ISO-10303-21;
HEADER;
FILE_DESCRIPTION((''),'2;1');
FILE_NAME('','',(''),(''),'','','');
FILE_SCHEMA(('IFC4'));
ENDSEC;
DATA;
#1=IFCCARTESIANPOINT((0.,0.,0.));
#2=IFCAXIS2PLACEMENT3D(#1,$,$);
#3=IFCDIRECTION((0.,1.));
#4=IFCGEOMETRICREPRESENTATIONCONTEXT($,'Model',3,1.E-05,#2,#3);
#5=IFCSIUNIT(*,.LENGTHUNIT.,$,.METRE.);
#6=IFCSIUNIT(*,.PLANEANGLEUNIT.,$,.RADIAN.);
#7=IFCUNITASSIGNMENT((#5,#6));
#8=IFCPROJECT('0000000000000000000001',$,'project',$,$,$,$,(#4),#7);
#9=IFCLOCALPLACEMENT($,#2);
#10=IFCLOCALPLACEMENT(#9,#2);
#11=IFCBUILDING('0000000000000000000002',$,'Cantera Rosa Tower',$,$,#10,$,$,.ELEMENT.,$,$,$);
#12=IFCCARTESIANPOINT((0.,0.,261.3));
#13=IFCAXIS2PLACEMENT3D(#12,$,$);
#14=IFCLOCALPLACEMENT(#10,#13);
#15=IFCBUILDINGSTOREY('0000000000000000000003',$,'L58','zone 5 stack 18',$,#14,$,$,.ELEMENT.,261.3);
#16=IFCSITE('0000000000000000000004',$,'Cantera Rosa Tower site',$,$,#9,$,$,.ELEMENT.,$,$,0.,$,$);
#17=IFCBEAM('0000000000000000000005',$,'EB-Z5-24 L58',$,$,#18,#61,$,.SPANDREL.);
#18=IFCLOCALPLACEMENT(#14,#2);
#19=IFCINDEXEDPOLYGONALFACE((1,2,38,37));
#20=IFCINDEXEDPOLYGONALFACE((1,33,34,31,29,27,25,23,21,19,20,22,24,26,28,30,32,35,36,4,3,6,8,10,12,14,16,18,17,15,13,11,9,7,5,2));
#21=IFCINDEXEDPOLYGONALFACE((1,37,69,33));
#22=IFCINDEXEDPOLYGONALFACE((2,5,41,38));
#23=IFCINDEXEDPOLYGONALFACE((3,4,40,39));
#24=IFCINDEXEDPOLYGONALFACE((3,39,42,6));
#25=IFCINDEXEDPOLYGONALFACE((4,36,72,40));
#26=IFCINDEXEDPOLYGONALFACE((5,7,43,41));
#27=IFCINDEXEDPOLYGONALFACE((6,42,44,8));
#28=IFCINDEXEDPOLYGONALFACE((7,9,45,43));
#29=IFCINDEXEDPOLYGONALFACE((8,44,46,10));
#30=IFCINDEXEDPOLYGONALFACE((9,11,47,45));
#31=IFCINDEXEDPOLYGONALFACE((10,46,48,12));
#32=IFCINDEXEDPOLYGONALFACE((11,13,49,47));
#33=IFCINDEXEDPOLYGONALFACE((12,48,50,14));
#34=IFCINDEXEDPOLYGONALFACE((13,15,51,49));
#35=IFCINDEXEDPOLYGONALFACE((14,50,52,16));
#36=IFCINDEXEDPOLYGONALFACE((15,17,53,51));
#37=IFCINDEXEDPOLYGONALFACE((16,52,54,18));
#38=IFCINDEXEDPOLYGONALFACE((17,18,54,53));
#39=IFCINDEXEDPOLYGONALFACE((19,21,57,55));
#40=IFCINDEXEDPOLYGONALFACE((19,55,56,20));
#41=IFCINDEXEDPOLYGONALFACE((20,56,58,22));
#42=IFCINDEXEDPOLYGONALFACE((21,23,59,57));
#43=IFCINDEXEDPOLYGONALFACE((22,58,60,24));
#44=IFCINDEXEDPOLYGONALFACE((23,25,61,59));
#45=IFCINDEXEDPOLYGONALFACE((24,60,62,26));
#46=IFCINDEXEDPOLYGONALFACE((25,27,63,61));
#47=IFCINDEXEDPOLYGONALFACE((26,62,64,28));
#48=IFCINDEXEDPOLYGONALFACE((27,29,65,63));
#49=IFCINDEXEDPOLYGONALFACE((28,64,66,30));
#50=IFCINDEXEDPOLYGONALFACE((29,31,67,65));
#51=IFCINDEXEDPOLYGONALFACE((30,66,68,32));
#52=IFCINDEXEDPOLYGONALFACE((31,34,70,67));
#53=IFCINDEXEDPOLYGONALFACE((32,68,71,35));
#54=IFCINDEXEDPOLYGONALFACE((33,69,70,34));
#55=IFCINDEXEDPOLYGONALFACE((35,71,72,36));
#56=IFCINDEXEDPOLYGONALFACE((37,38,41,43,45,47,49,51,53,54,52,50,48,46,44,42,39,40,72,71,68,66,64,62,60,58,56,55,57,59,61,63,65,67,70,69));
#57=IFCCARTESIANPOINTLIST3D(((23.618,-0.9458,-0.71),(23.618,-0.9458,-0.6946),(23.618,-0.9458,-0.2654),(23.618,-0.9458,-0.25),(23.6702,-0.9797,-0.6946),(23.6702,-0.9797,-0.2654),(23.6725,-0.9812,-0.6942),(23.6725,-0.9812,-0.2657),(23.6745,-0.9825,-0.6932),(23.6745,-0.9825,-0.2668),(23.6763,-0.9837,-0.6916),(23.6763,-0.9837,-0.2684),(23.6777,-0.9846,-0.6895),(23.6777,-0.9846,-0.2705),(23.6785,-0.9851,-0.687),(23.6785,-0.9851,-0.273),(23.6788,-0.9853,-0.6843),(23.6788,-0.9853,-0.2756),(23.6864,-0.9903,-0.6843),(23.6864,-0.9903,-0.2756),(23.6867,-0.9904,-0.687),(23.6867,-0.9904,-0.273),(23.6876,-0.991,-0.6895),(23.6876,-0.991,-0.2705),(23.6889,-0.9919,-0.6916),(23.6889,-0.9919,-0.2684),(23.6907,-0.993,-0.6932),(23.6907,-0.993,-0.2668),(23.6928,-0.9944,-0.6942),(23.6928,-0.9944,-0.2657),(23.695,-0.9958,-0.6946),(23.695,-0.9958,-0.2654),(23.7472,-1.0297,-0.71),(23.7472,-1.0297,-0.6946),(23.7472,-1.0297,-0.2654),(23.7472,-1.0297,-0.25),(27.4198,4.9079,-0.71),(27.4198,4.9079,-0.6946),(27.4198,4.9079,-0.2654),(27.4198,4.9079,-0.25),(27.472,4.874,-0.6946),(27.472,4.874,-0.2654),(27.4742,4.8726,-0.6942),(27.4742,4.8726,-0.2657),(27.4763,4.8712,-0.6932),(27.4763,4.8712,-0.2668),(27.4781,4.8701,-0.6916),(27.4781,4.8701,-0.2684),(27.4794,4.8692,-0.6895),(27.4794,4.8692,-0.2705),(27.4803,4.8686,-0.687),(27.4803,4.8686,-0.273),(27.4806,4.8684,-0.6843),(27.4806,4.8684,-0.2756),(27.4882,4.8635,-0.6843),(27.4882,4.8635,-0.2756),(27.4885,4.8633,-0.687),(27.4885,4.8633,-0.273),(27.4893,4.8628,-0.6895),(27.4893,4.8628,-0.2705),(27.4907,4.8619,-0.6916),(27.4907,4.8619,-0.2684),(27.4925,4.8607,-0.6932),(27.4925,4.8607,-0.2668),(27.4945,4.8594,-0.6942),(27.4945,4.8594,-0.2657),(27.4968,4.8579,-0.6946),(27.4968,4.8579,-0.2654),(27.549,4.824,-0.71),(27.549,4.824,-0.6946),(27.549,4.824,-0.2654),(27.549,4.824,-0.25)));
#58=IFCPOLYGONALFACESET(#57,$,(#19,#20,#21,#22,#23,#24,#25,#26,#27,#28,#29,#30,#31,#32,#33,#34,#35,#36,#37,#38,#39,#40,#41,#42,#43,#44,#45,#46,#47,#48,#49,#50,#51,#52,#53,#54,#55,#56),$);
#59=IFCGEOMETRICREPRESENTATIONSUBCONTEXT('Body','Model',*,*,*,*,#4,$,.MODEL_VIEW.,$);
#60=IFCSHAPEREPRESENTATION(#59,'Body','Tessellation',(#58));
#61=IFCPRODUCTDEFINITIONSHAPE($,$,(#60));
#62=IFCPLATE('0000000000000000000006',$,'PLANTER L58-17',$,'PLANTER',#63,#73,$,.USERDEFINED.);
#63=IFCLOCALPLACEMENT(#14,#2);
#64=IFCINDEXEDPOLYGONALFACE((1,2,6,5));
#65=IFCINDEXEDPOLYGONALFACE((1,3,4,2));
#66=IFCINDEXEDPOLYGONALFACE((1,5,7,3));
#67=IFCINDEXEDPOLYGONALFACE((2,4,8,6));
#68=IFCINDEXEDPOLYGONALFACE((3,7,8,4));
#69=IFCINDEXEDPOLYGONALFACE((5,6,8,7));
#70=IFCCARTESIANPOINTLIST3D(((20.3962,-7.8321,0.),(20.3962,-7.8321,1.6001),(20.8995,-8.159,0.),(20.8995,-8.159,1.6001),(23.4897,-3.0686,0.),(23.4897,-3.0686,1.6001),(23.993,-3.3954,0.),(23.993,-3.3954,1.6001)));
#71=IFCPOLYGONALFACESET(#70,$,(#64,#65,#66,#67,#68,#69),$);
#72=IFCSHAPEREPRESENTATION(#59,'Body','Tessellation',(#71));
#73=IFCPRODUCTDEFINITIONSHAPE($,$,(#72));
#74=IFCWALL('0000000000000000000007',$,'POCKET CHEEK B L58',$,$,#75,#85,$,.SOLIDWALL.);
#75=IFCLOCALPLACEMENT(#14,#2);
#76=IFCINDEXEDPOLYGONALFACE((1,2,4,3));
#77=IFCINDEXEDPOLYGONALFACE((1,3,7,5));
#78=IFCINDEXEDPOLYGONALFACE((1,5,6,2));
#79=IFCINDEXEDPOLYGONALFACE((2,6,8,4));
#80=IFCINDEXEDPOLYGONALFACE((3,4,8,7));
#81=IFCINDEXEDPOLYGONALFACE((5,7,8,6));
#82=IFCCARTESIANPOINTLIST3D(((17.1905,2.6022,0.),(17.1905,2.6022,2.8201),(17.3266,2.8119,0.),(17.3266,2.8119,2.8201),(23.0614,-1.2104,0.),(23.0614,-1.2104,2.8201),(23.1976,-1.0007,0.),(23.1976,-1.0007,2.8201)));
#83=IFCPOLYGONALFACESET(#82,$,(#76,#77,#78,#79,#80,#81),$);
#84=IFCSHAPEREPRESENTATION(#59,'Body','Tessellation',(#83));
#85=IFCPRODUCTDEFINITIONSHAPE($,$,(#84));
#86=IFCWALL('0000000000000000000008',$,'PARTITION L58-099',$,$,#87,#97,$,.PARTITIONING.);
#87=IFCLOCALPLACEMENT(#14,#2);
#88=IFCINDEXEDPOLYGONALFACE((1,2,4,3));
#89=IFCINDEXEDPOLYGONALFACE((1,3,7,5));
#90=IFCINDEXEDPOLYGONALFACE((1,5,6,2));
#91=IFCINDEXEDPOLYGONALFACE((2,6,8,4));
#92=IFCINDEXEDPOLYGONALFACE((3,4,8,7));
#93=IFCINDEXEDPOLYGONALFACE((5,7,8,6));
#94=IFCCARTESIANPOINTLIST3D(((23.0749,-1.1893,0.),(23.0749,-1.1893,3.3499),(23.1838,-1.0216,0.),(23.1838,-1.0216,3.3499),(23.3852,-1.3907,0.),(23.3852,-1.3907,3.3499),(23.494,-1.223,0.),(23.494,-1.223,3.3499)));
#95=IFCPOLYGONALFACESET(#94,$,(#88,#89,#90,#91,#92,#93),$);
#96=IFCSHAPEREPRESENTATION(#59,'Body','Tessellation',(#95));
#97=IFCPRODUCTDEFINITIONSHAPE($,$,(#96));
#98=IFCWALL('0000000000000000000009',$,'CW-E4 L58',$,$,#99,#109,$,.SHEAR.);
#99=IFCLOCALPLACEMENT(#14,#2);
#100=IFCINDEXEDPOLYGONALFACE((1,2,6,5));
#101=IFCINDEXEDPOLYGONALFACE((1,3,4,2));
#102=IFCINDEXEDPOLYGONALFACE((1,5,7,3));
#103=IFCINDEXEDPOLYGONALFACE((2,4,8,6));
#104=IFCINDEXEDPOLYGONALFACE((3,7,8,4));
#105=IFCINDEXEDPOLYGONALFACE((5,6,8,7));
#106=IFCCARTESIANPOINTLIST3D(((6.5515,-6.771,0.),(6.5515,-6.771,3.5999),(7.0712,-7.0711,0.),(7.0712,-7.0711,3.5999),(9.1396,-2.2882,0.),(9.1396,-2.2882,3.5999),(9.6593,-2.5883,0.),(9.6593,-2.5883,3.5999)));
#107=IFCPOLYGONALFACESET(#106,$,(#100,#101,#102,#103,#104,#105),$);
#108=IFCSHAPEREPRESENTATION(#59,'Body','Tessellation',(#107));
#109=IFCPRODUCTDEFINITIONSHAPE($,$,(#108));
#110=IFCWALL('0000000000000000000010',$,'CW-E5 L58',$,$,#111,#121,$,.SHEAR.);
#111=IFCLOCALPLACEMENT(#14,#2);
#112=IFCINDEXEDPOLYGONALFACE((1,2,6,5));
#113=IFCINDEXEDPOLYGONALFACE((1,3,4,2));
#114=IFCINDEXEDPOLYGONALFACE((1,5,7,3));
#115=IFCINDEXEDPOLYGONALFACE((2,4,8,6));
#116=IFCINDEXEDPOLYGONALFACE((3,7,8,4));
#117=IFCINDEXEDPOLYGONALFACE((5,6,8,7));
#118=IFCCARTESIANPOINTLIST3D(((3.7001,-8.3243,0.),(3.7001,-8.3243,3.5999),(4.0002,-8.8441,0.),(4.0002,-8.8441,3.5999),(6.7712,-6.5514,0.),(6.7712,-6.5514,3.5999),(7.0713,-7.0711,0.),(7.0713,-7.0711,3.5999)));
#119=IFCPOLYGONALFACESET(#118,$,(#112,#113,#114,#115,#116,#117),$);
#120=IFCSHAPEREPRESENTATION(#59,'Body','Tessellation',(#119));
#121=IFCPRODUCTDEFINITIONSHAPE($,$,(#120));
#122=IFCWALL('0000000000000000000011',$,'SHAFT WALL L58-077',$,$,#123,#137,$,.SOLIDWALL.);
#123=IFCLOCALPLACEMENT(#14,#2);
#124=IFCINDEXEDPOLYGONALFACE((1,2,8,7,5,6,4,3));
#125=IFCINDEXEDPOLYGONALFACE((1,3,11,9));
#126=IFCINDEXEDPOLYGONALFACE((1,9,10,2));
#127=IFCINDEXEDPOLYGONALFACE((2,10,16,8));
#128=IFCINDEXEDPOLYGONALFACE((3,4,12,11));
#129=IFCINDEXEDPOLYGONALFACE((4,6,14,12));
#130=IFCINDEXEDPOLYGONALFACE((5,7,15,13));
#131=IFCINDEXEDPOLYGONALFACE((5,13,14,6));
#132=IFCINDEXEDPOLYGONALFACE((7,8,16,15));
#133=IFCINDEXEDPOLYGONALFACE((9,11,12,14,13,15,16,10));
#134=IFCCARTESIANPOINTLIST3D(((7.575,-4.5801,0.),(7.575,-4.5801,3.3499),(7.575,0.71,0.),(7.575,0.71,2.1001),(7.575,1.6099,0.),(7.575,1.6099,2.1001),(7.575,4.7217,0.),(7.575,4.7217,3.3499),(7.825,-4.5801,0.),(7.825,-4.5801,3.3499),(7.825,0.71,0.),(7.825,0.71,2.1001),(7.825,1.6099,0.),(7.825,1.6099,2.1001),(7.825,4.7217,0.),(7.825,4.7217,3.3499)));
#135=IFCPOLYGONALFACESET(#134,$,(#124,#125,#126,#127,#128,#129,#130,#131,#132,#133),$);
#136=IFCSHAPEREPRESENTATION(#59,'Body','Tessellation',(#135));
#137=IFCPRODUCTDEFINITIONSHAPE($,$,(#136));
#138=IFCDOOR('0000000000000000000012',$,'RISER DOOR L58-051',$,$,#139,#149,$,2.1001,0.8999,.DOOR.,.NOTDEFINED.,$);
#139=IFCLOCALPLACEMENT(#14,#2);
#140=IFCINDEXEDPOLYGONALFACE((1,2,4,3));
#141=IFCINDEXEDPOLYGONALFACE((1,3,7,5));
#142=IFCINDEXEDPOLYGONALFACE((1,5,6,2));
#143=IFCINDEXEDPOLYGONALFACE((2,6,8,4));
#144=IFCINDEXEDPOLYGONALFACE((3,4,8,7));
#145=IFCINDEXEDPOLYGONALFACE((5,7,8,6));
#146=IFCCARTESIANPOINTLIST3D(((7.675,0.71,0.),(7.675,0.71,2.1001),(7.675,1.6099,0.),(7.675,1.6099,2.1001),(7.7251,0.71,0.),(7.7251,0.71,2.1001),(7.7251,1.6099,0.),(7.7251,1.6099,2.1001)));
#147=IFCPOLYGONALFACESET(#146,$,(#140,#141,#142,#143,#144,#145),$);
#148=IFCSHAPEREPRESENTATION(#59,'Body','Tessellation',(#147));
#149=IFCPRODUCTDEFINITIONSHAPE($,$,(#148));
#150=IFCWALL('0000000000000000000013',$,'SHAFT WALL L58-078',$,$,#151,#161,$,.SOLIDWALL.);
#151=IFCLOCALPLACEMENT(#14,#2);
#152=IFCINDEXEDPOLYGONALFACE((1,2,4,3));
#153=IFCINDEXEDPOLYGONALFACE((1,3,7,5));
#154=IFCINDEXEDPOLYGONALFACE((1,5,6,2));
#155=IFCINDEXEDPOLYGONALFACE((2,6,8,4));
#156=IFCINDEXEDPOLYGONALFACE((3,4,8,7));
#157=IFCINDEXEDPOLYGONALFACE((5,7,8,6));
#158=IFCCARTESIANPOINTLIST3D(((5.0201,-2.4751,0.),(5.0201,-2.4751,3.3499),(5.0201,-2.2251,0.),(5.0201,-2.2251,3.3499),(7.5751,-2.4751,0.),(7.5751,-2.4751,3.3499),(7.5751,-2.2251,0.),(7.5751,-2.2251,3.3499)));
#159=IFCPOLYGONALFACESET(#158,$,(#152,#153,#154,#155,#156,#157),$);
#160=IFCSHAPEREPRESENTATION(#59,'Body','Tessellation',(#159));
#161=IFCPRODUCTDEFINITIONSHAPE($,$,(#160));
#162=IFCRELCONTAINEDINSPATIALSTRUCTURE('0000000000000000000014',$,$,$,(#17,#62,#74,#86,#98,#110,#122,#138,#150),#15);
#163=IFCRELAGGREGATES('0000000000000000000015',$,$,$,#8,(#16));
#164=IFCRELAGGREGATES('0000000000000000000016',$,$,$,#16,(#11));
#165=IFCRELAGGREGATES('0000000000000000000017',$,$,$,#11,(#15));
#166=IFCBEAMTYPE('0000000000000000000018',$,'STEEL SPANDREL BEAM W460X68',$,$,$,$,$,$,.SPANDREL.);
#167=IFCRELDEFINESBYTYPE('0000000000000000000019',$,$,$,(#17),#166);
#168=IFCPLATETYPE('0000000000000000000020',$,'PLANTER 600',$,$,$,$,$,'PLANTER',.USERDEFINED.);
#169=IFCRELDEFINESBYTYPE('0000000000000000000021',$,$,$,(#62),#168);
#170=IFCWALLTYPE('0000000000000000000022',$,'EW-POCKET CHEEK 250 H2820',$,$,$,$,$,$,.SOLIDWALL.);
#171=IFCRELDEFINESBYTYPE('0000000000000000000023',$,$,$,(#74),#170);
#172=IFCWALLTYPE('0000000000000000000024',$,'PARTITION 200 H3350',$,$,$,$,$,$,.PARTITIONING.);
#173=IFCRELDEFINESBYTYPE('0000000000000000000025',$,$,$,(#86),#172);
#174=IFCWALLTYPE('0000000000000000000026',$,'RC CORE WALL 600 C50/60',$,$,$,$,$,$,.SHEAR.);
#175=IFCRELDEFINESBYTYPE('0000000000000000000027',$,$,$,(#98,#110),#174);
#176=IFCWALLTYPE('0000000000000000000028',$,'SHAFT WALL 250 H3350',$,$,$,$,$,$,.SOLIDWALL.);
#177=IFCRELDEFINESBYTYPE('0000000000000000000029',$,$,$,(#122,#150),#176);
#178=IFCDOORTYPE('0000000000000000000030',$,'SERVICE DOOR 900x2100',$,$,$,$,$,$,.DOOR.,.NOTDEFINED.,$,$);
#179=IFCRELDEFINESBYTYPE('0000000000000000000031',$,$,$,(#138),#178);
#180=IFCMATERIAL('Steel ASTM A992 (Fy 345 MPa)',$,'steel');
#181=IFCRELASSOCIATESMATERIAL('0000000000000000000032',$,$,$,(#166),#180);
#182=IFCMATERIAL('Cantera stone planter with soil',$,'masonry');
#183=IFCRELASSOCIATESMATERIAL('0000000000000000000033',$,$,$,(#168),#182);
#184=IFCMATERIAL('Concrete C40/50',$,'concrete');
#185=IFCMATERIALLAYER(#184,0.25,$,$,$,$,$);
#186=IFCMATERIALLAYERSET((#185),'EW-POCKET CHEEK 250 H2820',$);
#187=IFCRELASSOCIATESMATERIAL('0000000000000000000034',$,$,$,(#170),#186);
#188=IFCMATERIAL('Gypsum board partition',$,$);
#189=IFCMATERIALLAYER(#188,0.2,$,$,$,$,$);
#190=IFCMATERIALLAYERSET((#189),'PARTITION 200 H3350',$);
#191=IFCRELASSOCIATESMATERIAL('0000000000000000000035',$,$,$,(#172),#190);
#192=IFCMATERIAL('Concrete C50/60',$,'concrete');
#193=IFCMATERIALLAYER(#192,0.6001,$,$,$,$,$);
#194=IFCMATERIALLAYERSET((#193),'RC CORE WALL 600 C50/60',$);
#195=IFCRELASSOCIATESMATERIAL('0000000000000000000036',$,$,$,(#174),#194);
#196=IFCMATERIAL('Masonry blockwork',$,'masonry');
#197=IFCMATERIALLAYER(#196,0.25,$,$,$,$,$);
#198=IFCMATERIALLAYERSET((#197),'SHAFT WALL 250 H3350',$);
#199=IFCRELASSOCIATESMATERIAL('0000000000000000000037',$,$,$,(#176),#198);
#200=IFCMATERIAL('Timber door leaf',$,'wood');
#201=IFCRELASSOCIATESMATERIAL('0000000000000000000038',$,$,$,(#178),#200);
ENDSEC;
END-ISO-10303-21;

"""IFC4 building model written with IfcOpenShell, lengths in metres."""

from ifc_helpers import new_model, si_unit, direction, frame, frame_2d, origin, origin_2d, place, context, subcontext, project, spatial, rectangle, i_section, extrude, material, layer, layer_set, material_profile, profile_set, type_object, element, fill, save


model = new_model("IFC4")

# Units and contexts
model_context = context("Model", 3, precision=1e-05, world=origin(), true_north=direction((0.0, 1.0)))
body_context = subcontext(model_context, "Body", "Model", "MODEL_VIEW")
ifc_project = project(units=[si_unit("LENGTHUNIT", "METRE"), si_unit("PLANEANGLEUNIT", "RADIAN")], contexts=[model_context])

# Site, building, storey
site_placement = place(None, origin())
site = spatial("IfcSite", under=ifc_project, at=site_placement, Name="Cantera Rosa Tower site", CompositionType="ELEMENT", RefElevation=0.0)
building_placement = place(site_placement, origin())
building = spatial("IfcBuilding", under=site, at=building_placement, Name="Cantera Rosa Tower", CompositionType="ELEMENT")
storey_placement = place(building_placement, frame((0.0, 0.0, 261.3)))
storey = spatial("IfcBuildingStorey", under=building, at=storey_placement, Name="L58", Description="zone 5 stack 18", CompositionType="ELEMENT", Elevation=261.3)

# Beam
ifc_material_1 = material(Name="Steel ASTM A992 (Fy 345 MPa)", Category="steel")
ifc_material_profile_1 = material_profile(ifc_material_1, i_section(OverallWidth=0.1541, OverallDepth=0.46, WebThickness=0.009, FlangeThickness=0.0154, FilletRadius=0.0103, at=origin_2d()), Name="W460X68")
ifc_profile_set_1 = profile_set([ifc_material_profile_1], Name="Steel ASTM A992 (Fy 345 MPa)")
beam_type_1 = type_object("IfcBeamType", Name="STEEL SPANDREL BEAM W460X68", PredefinedType="SPANDREL", material=ifc_profile_set_1)
for number, where, z_axis, x_axis, name in (
    (1, (23.6826, -0.9878, -0.48), (0.544667, 0.838652, 0.0), (-0.838652, 0.544667, 0.0), "EB-Z5-24 L58"),
):
    element("IfcBeam", number, at=place(storey_placement, frame(where, z_axis=z_axis, x_axis=x_axis)), inside=storey, type_object=beam_type_1, Name=name, PredefinedType="SPANDREL", context=body_context, shape_type="SweptSolid", body=[
        extrude(i_section(OverallWidth=0.1541, OverallDepth=0.46, WebThickness=0.009, FlangeThickness=0.0154, FilletRadius=0.0103, at=origin_2d()), origin(), (0.0, 0.0, 1.0), 6.98),
    ])

# Plate
ifc_material_2 = material(Name="Cantera stone planter with soil", Category="masonry")
plate_type = type_object("IfcPlateType", Name="PLANTER 600", ElementType="PLANTER", PredefinedType="USERDEFINED", material=ifc_material_2)
plate_placement = place(storey_placement, frame((22.1946, -5.6138, 0.0), z_axis=(0.0, 0.0, 1.0), x_axis=(0.544639, 0.838671, 0.0)))
element("IfcPlate", 2, at=plate_placement, inside=storey, type_object=plate_type, Name="PLANTER L58-17", ObjectType="PLANTER", PredefinedType="USERDEFINED", context=body_context, shape_type="SweptSolid", body=[
    extrude(rectangle(XDim=5.6799, YDim=0.6001, at=origin_2d()), origin(), (0.0, 0.0, 1.0), 1.6001),
])

# Wall
ifc_material_3 = material(Name="Concrete C40/50", Category="concrete")
ifc_layer_1 = layer(ifc_material_3, 0.25)
ifc_layer_set_1 = layer_set([ifc_layer_1], Name="EW-POCKET CHEEK 250 H2820")
wall_type_1 = type_object("IfcWallType", Name="EW-POCKET CHEEK 250 H2820", PredefinedType="SOLIDWALL", material=ifc_layer_set_1)
wall_1_placement = place(storey_placement, frame((23.1294, -1.1055, 0.0), z_axis=(0.0, 0.0, 1.0), x_axis=(-0.838675, 0.544632, 0.0)))
element("IfcWall", 3, at=wall_1_placement, inside=storey, type_object=wall_type_1, Name="POCKET CHEEK B L58", PredefinedType="SOLIDWALL", context=body_context, shape_type="SweptSolid", body=[
    extrude(rectangle(XDim=7.0002, YDim=0.25, at=frame_2d((3.5, 0.0))), origin(), (0.0, 0.0, 1.0), 2.8201),
])

# Walls
ifc_material_4 = material(Name="Gypsum board partition")
ifc_layer_2 = layer(ifc_material_4, 0.2)
ifc_layer_set_2 = layer_set([ifc_layer_2], Name="PARTITION 200 H3350")
wall_type_2 = type_object("IfcWallType", Name="PARTITION 200 H3350", PredefinedType="PARTITIONING", material=ifc_layer_set_2)
wall_2_placement = place(storey_placement, frame((23.4397, -1.3069, 0.0), z_axis=(0.0, 0.0, 1.0), x_axis=(-0.83879, 0.544455, 0.0)))
element("IfcWall", 4, at=wall_2_placement, inside=storey, type_object=wall_type_2, Name="PARTITION L58-099", PredefinedType="PARTITIONING", context=body_context, shape_type="SweptSolid", body=[
    extrude(rectangle(XDim=0.3699, YDim=0.2, at=frame_2d((0.1851, 0.0))), origin(), (0.0, 0.0, 1.0), 3.3499),
])
ifc_material_5 = material(Name="Concrete C50/60", Category="concrete")
ifc_layer_3 = layer(ifc_material_5, 0.6001)
ifc_layer_set_3 = layer_set([ifc_layer_3], Name="RC CORE WALL 600 C50/60")
wall_type_3 = type_object("IfcWallType", Name="RC CORE WALL 600 C50/60", PredefinedType="SHEAR", material=ifc_layer_set_3)
wall_3_placement = place(storey_placement, frame((9.3994, -2.4382, 0.0), z_axis=(0.0, 0.0, 1.0), x_axis=(-0.499989, -0.866032, 0.0)))
element("IfcWall", 5, at=wall_3_placement, inside=storey, type_object=wall_type_3, Name="CW-E4 L58", PredefinedType="SHEAR", context=body_context, shape_type="SweptSolid", body=[
    extrude(rectangle(XDim=5.1763, YDim=0.6001, at=frame_2d((2.5881, 0.0))), origin(), (0.0, 0.0, 1.0), 3.5999),
])
wall_4_placement = place(storey_placement, frame((6.9211, -6.8113, 0.0), z_axis=(0.0, 0.0, 1.0), x_axis=(-0.86604, -0.499975, 0.0)))
element("IfcWall", 6, at=wall_4_placement, inside=storey, type_object=wall_type_3, Name="CW-E5 L58", PredefinedType="SHEAR", context=body_context, shape_type="SweptSolid", body=[
    extrude(rectangle(XDim=3.5461, YDim=0.6001, at=frame_2d((1.7729, 0.0))), origin(), (0.0, 0.0, 1.0), 3.5999),
])
ifc_material_6 = material(Name="Masonry blockwork", Category="masonry")
ifc_layer_4 = layer(ifc_material_6, 0.25)
ifc_layer_set_4 = layer_set([ifc_layer_4], Name="SHAFT WALL 250 H3350")
wall_type_4 = type_object("IfcWallType", Name="SHAFT WALL 250 H3350", PredefinedType="SOLIDWALL", material=ifc_layer_set_4)

# Wall, opening, door
wall_5_placement = place(storey_placement, frame((7.7, -4.5801, 0.0), z_axis=(0.0, 0.0, 1.0), x_axis=(0.0, 1.0, 0.0)))
wall_5 = element("IfcWall", 7, at=wall_5_placement, inside=storey, type_object=wall_type_4, Name="SHAFT WALL L58-077", PredefinedType="SOLIDWALL", context=body_context, shape_type="SweptSolid", body=[
    extrude(rectangle(XDim=9.3018, YDim=0.25, at=frame_2d((4.6509, 0.0))), origin(), (0.0, 0.0, 1.0), 3.3499),
])
opening_1_placement = place(wall_5_placement, frame((5.29, 0.0, 0.0)))
opening_1 = element("IfcOpeningElement", 8, at=opening_1_placement, cuts=wall_5, PredefinedType="OPENING", context=body_context, shape_type="SweptSolid", body=[
    extrude(rectangle(XDim=0.8999, YDim=2.1001, at=frame_2d((0.45, 1.05))), frame((0.0, 0.135, 0.0), z_axis=(0.0, -1.0, 0.0), x_axis=(1.0, 0.0, 0.0)), (0.0, 0.0, 1.0), 0.27),
])
ifc_material_7 = material(Name="Timber door leaf", Category="wood")
door_type_1 = type_object("IfcDoorType", Name="SERVICE DOOR 900x2100", OperationType="NOTDEFINED", PredefinedType="DOOR", material=ifc_material_7)
door_1_placement = place(opening_1_placement, origin())
door_1 = element("IfcDoor", 9, at=door_1_placement, inside=storey, type_object=door_type_1, Name="RISER DOOR L58-051", OperationType="NOTDEFINED", OverallHeight=2.1001, OverallWidth=0.8999, PredefinedType="DOOR", context=body_context, shape_type="SweptSolid", body=[
    extrude(rectangle(XDim=0.8999, YDim=2.1001, at=frame_2d((0.45, 1.05))), frame((0.0, 0.0249, 0.0), z_axis=(0.0, -1.0, 0.0), x_axis=(1.0, 0.0, 0.0)), (0.0, 0.0, 1.0), 0.05),
])
fill(opening_1, door_1)

# Wall
wall_6_placement = place(storey_placement, frame((7.575, -2.3501, 0.0), z_axis=(0.0, 0.0, 1.0), x_axis=(-1.0, 0.0, 0.0)))
element("IfcWall", 10, at=wall_6_placement, inside=storey, type_object=wall_type_4, Name="SHAFT WALL L58-078", PredefinedType="SOLIDWALL", context=body_context, shape_type="SweptSolid", body=[
    extrude(rectangle(XDim=2.5549, YDim=0.25, at=frame_2d((1.2773, 0.0))), origin(), (0.0, 0.0, 1.0), 3.3499),
])

save(model, "model.ifc")
